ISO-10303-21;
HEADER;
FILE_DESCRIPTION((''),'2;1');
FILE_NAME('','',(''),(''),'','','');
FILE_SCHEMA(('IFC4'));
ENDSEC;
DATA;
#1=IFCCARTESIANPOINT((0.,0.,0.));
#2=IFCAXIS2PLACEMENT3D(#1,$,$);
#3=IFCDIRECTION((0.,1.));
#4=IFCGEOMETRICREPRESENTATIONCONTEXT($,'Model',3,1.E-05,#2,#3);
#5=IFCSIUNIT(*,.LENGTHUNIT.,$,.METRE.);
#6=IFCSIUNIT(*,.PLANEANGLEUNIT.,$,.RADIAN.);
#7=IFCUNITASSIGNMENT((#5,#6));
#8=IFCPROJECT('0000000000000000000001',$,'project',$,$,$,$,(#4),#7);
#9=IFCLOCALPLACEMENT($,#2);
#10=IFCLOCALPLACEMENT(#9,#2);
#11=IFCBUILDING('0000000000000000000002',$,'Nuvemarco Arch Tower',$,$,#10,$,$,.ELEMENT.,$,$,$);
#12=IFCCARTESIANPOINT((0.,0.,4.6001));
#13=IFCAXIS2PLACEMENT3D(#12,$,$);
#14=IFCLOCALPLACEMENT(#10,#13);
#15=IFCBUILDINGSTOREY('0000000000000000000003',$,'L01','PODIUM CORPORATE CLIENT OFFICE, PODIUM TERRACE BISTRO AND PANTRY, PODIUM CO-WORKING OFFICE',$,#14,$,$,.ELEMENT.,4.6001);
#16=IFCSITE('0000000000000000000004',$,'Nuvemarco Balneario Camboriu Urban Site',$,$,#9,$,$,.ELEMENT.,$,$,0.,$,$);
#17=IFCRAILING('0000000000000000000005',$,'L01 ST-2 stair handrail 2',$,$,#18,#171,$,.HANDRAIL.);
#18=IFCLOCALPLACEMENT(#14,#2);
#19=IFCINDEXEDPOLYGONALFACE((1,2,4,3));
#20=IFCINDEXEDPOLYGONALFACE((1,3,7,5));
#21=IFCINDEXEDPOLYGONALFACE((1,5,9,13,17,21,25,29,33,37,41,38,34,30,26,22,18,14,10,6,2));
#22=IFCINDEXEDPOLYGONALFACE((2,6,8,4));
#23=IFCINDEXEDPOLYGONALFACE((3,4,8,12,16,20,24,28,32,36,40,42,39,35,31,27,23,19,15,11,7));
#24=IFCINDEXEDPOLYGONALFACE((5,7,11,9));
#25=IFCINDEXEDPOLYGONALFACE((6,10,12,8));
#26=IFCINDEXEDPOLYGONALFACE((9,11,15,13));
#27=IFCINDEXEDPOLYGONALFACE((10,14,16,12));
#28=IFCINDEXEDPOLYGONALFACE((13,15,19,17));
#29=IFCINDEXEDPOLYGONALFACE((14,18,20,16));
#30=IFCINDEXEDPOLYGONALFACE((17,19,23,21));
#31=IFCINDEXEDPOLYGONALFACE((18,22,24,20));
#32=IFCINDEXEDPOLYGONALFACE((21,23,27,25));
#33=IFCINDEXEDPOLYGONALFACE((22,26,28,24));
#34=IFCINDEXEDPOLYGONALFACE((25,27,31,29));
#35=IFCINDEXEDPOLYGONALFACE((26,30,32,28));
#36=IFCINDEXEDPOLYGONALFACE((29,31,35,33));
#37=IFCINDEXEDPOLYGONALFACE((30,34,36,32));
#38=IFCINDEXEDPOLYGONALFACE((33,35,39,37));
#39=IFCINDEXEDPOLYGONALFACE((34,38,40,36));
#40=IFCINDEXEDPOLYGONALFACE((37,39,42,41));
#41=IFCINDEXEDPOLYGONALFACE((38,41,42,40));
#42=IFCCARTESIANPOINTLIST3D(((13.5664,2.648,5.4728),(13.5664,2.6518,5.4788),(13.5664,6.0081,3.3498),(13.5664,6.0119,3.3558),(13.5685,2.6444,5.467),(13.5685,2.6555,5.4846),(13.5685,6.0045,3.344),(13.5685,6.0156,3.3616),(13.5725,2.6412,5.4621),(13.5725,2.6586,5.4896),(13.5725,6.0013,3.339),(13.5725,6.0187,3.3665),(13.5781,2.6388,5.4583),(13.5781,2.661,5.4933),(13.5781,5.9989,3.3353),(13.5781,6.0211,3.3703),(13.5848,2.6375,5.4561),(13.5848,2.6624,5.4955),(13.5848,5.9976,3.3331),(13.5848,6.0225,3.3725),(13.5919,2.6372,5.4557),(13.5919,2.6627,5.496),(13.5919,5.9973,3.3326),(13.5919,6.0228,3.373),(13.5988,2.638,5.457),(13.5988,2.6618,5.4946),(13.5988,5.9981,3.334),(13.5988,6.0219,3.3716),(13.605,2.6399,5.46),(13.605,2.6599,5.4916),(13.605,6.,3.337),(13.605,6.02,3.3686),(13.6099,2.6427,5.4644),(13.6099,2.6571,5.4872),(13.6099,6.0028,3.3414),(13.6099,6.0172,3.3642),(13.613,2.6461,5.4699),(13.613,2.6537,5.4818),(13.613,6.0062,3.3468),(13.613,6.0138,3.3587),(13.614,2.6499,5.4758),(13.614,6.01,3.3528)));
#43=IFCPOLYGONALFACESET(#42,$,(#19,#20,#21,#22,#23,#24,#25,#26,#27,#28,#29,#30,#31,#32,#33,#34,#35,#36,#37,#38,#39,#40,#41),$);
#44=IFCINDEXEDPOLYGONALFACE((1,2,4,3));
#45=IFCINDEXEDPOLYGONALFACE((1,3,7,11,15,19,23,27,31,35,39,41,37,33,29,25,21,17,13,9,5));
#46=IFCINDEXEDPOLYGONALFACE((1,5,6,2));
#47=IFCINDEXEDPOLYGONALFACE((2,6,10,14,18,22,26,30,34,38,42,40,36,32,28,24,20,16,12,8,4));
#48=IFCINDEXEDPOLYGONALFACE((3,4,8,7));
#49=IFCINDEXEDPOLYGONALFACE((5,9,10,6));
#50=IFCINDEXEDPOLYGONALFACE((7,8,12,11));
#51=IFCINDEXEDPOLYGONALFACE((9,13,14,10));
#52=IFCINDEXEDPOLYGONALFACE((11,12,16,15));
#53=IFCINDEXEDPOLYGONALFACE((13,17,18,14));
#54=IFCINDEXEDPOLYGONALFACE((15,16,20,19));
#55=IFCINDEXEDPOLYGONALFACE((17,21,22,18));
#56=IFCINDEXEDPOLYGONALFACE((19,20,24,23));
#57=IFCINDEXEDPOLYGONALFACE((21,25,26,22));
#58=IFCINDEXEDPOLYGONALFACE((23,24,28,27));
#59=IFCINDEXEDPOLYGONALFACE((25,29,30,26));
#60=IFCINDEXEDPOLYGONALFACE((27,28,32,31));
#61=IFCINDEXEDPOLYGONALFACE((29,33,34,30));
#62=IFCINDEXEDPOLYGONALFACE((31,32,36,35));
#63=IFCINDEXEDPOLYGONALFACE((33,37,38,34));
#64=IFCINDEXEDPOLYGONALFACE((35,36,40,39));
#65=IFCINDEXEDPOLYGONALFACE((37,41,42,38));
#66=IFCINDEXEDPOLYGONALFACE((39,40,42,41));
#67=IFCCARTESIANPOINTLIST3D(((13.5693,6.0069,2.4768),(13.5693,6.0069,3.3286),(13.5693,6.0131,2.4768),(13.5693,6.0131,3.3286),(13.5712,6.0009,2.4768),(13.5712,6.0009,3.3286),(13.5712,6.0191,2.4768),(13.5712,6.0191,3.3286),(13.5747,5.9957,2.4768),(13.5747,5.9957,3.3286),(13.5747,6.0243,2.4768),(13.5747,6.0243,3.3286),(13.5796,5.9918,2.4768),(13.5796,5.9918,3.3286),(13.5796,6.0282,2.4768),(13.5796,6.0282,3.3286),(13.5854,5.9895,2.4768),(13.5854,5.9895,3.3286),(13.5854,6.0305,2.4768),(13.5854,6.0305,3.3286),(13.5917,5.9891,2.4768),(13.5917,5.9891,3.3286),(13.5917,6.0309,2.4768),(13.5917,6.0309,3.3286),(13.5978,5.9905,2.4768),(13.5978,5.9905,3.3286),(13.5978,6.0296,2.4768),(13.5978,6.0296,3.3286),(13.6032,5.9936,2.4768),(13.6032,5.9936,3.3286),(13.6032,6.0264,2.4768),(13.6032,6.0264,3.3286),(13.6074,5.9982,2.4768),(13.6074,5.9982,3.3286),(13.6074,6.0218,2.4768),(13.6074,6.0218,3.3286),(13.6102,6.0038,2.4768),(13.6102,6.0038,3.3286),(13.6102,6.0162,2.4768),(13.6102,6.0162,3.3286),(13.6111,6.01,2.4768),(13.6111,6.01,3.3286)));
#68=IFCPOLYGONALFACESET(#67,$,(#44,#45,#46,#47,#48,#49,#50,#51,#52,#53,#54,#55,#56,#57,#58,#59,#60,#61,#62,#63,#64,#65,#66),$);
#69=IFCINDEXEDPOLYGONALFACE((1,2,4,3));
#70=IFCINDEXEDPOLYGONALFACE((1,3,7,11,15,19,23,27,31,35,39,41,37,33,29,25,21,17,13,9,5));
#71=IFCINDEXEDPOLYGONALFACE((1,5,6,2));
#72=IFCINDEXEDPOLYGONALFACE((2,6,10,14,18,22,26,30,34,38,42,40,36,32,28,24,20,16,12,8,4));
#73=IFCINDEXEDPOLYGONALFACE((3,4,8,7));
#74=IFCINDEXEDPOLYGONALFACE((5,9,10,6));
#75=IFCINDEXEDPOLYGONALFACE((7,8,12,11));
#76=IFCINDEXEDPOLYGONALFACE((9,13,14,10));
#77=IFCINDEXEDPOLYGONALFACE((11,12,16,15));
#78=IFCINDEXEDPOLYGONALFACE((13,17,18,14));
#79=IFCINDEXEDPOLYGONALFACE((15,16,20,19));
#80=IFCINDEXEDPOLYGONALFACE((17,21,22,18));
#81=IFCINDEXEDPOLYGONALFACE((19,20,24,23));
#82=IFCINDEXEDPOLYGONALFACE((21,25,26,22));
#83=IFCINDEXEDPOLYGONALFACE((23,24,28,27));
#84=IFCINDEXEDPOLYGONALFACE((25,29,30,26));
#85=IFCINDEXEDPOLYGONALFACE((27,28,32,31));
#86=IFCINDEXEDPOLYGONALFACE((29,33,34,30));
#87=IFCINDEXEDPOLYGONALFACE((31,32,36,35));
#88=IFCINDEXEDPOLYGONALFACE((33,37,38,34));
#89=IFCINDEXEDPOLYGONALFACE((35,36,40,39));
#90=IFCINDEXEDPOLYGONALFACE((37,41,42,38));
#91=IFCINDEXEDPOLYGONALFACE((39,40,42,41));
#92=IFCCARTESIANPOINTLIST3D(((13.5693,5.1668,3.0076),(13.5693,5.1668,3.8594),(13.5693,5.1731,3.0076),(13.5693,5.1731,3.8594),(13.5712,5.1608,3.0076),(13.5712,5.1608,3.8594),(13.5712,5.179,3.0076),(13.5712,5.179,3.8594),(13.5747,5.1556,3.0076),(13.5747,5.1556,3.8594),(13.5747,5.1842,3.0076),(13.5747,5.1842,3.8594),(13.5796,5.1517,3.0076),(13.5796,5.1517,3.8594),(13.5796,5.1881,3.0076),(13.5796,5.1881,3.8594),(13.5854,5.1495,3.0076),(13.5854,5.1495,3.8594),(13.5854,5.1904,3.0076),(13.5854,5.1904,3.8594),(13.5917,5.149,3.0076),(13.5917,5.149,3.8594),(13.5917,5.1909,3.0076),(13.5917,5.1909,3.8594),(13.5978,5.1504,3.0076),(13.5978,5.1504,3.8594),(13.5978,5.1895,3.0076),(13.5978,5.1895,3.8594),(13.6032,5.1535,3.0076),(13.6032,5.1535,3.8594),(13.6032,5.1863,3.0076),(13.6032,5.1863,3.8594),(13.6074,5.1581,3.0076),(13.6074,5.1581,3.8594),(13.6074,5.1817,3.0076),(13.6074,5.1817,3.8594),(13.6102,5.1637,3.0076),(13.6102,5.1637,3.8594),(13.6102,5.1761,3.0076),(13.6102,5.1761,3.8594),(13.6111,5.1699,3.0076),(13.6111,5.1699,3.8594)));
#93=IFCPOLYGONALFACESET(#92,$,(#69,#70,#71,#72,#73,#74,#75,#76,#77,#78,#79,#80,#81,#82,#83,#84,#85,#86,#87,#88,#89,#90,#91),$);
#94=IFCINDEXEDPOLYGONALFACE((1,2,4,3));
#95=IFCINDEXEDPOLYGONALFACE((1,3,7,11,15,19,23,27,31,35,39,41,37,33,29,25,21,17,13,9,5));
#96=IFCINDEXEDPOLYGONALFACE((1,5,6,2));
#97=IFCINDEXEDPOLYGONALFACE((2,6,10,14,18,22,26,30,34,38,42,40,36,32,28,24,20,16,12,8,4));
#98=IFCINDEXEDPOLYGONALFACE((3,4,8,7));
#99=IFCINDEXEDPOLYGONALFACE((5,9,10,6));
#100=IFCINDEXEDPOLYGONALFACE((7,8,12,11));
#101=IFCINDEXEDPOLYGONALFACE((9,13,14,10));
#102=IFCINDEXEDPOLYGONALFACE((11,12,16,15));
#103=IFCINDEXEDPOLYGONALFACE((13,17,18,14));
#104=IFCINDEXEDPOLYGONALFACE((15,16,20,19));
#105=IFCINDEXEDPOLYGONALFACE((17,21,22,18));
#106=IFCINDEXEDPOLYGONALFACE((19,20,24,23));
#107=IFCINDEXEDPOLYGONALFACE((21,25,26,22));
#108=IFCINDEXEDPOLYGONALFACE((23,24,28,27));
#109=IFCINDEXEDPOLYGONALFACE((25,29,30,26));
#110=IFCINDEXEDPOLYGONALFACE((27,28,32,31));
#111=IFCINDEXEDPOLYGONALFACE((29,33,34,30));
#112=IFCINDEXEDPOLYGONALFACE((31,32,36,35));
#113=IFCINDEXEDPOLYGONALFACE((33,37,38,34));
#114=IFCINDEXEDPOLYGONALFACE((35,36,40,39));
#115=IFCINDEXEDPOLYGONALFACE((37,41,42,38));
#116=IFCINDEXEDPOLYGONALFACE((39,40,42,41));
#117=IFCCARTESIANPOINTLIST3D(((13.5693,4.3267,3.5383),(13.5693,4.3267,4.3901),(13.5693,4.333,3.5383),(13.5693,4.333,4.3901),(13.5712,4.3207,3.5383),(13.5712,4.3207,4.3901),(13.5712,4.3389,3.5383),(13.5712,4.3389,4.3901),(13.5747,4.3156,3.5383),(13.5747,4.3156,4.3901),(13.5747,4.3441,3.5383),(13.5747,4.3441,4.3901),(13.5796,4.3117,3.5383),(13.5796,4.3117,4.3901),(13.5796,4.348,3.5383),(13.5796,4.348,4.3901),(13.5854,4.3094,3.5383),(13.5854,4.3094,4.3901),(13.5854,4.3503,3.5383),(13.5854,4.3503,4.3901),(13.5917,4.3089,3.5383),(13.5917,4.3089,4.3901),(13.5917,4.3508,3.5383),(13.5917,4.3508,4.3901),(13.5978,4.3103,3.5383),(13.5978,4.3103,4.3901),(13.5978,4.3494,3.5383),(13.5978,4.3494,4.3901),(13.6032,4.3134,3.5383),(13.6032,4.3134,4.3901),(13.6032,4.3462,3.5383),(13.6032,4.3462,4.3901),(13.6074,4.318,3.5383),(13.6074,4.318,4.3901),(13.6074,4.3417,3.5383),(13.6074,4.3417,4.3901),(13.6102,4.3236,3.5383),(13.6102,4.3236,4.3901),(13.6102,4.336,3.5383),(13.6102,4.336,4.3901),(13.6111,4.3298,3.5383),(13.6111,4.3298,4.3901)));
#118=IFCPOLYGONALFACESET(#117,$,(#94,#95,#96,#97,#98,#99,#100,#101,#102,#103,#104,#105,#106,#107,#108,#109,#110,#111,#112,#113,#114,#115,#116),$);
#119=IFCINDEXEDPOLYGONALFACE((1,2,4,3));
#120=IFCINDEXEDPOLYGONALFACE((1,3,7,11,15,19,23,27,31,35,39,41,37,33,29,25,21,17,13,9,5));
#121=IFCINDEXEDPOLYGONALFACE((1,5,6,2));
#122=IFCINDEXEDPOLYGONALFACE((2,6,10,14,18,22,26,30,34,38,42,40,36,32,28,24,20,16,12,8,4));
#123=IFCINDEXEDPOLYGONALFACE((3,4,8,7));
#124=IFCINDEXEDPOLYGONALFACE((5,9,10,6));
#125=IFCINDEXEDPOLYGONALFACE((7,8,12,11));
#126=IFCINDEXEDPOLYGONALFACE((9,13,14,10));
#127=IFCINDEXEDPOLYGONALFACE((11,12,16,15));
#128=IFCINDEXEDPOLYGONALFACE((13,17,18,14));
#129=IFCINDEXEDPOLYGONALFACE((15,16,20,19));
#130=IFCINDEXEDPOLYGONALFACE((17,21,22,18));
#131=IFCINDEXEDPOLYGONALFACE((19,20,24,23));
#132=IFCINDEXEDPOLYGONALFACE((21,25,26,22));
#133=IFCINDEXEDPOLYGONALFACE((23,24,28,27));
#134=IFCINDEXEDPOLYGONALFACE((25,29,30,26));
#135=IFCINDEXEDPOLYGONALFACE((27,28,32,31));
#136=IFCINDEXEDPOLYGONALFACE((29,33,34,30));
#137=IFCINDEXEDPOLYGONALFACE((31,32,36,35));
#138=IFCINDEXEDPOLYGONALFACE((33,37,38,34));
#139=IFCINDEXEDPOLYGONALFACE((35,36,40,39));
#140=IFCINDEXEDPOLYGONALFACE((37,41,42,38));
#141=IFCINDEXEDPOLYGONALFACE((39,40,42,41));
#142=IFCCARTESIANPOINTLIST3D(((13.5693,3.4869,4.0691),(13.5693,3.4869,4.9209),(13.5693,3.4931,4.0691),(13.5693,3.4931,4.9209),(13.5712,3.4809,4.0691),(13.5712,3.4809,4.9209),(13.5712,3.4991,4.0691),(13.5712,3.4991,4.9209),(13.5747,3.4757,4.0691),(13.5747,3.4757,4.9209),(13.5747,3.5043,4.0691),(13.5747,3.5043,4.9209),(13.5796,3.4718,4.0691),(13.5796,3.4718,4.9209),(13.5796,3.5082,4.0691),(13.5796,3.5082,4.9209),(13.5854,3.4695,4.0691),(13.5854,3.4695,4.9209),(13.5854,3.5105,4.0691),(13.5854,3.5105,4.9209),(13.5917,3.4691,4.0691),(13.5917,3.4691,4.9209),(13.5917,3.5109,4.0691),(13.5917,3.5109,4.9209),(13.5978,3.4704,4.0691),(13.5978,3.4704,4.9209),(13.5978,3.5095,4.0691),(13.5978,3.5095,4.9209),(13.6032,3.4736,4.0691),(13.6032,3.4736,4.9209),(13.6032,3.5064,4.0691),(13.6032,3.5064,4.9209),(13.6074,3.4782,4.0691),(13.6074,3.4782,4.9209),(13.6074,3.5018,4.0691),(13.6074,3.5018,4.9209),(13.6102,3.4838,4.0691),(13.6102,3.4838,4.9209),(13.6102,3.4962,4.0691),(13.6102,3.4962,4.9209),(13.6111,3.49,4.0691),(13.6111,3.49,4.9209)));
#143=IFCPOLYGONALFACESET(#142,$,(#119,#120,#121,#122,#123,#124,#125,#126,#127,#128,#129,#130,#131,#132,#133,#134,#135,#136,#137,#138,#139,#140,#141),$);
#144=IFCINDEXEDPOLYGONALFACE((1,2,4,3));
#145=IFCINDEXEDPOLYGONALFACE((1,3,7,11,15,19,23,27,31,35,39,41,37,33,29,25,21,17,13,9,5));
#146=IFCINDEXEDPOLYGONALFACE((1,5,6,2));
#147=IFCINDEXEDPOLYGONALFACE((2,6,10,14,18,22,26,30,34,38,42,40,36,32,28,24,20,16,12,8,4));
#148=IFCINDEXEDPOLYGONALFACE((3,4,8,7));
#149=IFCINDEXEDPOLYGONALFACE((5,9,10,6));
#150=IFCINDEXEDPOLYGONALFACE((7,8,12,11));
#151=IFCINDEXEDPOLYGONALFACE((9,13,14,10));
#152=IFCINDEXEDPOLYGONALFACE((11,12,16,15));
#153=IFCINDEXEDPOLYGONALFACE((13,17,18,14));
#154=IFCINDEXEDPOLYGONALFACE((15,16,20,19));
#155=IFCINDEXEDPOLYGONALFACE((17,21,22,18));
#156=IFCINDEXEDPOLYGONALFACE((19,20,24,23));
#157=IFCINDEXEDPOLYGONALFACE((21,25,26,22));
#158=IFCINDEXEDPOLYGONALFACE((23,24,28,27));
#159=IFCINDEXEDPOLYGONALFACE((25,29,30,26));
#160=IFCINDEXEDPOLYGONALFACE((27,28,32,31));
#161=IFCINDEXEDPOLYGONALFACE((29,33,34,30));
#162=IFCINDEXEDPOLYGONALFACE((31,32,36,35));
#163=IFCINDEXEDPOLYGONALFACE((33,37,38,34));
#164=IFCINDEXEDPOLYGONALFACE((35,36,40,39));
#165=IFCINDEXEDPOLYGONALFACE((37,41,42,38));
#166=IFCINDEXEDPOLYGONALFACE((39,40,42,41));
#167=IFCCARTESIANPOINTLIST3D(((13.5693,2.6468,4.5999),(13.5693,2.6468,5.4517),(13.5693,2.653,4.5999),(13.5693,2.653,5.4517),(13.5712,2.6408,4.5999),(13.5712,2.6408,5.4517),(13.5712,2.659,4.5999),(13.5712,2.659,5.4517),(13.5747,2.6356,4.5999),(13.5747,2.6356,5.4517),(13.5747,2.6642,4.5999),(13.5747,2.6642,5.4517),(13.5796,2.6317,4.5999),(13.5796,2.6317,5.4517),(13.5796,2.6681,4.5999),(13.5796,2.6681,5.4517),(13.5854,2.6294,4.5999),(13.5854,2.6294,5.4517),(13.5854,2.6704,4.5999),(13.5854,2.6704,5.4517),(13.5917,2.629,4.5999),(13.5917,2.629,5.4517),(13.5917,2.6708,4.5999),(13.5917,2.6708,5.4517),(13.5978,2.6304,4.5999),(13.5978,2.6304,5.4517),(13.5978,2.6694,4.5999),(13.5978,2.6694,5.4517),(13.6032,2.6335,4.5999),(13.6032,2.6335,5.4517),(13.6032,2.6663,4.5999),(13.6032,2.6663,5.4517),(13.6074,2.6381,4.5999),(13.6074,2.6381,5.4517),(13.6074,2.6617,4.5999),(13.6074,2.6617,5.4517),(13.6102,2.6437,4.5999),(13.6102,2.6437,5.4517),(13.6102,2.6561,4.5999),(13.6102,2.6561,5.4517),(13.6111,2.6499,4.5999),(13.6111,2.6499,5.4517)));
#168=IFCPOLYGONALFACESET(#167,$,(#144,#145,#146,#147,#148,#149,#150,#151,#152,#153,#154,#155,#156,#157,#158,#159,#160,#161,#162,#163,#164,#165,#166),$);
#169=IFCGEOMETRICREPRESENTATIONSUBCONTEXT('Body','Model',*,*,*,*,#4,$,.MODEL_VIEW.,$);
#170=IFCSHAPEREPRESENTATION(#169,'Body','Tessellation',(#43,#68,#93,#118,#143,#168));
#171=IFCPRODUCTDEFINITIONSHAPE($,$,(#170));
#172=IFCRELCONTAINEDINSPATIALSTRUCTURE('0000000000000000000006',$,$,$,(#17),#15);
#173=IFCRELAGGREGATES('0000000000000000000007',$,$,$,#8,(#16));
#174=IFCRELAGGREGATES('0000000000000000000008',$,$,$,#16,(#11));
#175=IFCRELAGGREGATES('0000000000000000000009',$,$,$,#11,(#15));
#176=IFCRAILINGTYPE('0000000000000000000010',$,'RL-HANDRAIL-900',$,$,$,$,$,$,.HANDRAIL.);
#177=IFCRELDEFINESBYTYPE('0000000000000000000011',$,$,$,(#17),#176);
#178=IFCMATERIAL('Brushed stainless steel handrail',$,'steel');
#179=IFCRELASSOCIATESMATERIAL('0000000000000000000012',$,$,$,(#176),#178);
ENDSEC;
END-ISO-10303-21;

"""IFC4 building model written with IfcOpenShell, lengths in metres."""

from ifc_helpers import new_model, si_unit, direction, frame, origin, origin_2d, place, context, subcontext, project, spatial, circle, extrude, material, type_object, element, save


model = new_model("IFC4")

# Units and contexts
model_context = context("Model", 3, precision=1e-05, world=origin(), true_north=direction((0.0, 1.0)))
body_context = subcontext(model_context, "Body", "Model", "MODEL_VIEW")
ifc_project = project(units=[si_unit("LENGTHUNIT", "METRE"), si_unit("PLANEANGLEUNIT", "RADIAN")], contexts=[model_context])

# Site, building, storey
site_placement = place(None, origin())
site = spatial("IfcSite", under=ifc_project, at=site_placement, Name="Nuvemarco Balneario Camboriu Urban Site", CompositionType="ELEMENT", RefElevation=0.0)
building_placement = place(site_placement, origin())
building = spatial("IfcBuilding", under=site, at=building_placement, Name="Nuvemarco Arch Tower", CompositionType="ELEMENT")
storey_placement = place(building_placement, frame((0.0, 0.0, 4.6001)))
storey = spatial("IfcBuildingStorey", under=building, at=storey_placement, Name="L01", Description="PODIUM CORPORATE CLIENT OFFICE, PODIUM TERRACE BISTRO AND PANTRY, PODIUM CO-WORKING OFFICE", CompositionType="ELEMENT", Elevation=4.6001)

# Railing
ifc_material_1 = material(Name="Brushed stainless steel handrail", Category="steel")
railing_type_1 = type_object("IfcRailingType", Name="RL-HANDRAIL-900", PredefinedType="HANDRAIL", material=ifc_material_1)
railing_1_placement = place(storey_placement, frame((13.5901, 6.01, 2.4768)))
element("IfcRailing", 1, at=railing_1_placement, inside=storey, type_object=railing_type_1, Name="L01 ST-2 stair handrail 2", PredefinedType="HANDRAIL", context=body_context, shape_type="SweptSolid", body=[
    extrude(circle(Radius=0.0239, at=origin_2d()), frame((0.0, 0.0, 0.876), z_axis=(0.0, -0.84539, 0.53415), x_axis=(1.0, 0.0, 0.0)), (0.0, 0.0, 1.0), 3.9746),
    extrude(circle(Radius=0.021, at=origin_2d()), origin(), (0.0, 0.0, 1.0), 0.8518),
    extrude(circle(Radius=0.021, at=origin_2d()), frame((0.0, -0.8401, 0.5308)), (0.0, 0.0, 1.0), 0.8518),
    extrude(circle(Radius=0.021, at=origin_2d()), frame((0.0, -1.6802, 1.0615)), (0.0, 0.0, 1.0), 0.8518),
    extrude(circle(Radius=0.021, at=origin_2d()), frame((0.0, -2.52, 1.5923)), (0.0, 0.0, 1.0), 0.8518),
    extrude(circle(Radius=0.021, at=origin_2d()), frame((0.0, -3.3601, 2.123)), (0.0, 0.0, 1.0), 0.8518),
])

save(model, "model.ifc")
